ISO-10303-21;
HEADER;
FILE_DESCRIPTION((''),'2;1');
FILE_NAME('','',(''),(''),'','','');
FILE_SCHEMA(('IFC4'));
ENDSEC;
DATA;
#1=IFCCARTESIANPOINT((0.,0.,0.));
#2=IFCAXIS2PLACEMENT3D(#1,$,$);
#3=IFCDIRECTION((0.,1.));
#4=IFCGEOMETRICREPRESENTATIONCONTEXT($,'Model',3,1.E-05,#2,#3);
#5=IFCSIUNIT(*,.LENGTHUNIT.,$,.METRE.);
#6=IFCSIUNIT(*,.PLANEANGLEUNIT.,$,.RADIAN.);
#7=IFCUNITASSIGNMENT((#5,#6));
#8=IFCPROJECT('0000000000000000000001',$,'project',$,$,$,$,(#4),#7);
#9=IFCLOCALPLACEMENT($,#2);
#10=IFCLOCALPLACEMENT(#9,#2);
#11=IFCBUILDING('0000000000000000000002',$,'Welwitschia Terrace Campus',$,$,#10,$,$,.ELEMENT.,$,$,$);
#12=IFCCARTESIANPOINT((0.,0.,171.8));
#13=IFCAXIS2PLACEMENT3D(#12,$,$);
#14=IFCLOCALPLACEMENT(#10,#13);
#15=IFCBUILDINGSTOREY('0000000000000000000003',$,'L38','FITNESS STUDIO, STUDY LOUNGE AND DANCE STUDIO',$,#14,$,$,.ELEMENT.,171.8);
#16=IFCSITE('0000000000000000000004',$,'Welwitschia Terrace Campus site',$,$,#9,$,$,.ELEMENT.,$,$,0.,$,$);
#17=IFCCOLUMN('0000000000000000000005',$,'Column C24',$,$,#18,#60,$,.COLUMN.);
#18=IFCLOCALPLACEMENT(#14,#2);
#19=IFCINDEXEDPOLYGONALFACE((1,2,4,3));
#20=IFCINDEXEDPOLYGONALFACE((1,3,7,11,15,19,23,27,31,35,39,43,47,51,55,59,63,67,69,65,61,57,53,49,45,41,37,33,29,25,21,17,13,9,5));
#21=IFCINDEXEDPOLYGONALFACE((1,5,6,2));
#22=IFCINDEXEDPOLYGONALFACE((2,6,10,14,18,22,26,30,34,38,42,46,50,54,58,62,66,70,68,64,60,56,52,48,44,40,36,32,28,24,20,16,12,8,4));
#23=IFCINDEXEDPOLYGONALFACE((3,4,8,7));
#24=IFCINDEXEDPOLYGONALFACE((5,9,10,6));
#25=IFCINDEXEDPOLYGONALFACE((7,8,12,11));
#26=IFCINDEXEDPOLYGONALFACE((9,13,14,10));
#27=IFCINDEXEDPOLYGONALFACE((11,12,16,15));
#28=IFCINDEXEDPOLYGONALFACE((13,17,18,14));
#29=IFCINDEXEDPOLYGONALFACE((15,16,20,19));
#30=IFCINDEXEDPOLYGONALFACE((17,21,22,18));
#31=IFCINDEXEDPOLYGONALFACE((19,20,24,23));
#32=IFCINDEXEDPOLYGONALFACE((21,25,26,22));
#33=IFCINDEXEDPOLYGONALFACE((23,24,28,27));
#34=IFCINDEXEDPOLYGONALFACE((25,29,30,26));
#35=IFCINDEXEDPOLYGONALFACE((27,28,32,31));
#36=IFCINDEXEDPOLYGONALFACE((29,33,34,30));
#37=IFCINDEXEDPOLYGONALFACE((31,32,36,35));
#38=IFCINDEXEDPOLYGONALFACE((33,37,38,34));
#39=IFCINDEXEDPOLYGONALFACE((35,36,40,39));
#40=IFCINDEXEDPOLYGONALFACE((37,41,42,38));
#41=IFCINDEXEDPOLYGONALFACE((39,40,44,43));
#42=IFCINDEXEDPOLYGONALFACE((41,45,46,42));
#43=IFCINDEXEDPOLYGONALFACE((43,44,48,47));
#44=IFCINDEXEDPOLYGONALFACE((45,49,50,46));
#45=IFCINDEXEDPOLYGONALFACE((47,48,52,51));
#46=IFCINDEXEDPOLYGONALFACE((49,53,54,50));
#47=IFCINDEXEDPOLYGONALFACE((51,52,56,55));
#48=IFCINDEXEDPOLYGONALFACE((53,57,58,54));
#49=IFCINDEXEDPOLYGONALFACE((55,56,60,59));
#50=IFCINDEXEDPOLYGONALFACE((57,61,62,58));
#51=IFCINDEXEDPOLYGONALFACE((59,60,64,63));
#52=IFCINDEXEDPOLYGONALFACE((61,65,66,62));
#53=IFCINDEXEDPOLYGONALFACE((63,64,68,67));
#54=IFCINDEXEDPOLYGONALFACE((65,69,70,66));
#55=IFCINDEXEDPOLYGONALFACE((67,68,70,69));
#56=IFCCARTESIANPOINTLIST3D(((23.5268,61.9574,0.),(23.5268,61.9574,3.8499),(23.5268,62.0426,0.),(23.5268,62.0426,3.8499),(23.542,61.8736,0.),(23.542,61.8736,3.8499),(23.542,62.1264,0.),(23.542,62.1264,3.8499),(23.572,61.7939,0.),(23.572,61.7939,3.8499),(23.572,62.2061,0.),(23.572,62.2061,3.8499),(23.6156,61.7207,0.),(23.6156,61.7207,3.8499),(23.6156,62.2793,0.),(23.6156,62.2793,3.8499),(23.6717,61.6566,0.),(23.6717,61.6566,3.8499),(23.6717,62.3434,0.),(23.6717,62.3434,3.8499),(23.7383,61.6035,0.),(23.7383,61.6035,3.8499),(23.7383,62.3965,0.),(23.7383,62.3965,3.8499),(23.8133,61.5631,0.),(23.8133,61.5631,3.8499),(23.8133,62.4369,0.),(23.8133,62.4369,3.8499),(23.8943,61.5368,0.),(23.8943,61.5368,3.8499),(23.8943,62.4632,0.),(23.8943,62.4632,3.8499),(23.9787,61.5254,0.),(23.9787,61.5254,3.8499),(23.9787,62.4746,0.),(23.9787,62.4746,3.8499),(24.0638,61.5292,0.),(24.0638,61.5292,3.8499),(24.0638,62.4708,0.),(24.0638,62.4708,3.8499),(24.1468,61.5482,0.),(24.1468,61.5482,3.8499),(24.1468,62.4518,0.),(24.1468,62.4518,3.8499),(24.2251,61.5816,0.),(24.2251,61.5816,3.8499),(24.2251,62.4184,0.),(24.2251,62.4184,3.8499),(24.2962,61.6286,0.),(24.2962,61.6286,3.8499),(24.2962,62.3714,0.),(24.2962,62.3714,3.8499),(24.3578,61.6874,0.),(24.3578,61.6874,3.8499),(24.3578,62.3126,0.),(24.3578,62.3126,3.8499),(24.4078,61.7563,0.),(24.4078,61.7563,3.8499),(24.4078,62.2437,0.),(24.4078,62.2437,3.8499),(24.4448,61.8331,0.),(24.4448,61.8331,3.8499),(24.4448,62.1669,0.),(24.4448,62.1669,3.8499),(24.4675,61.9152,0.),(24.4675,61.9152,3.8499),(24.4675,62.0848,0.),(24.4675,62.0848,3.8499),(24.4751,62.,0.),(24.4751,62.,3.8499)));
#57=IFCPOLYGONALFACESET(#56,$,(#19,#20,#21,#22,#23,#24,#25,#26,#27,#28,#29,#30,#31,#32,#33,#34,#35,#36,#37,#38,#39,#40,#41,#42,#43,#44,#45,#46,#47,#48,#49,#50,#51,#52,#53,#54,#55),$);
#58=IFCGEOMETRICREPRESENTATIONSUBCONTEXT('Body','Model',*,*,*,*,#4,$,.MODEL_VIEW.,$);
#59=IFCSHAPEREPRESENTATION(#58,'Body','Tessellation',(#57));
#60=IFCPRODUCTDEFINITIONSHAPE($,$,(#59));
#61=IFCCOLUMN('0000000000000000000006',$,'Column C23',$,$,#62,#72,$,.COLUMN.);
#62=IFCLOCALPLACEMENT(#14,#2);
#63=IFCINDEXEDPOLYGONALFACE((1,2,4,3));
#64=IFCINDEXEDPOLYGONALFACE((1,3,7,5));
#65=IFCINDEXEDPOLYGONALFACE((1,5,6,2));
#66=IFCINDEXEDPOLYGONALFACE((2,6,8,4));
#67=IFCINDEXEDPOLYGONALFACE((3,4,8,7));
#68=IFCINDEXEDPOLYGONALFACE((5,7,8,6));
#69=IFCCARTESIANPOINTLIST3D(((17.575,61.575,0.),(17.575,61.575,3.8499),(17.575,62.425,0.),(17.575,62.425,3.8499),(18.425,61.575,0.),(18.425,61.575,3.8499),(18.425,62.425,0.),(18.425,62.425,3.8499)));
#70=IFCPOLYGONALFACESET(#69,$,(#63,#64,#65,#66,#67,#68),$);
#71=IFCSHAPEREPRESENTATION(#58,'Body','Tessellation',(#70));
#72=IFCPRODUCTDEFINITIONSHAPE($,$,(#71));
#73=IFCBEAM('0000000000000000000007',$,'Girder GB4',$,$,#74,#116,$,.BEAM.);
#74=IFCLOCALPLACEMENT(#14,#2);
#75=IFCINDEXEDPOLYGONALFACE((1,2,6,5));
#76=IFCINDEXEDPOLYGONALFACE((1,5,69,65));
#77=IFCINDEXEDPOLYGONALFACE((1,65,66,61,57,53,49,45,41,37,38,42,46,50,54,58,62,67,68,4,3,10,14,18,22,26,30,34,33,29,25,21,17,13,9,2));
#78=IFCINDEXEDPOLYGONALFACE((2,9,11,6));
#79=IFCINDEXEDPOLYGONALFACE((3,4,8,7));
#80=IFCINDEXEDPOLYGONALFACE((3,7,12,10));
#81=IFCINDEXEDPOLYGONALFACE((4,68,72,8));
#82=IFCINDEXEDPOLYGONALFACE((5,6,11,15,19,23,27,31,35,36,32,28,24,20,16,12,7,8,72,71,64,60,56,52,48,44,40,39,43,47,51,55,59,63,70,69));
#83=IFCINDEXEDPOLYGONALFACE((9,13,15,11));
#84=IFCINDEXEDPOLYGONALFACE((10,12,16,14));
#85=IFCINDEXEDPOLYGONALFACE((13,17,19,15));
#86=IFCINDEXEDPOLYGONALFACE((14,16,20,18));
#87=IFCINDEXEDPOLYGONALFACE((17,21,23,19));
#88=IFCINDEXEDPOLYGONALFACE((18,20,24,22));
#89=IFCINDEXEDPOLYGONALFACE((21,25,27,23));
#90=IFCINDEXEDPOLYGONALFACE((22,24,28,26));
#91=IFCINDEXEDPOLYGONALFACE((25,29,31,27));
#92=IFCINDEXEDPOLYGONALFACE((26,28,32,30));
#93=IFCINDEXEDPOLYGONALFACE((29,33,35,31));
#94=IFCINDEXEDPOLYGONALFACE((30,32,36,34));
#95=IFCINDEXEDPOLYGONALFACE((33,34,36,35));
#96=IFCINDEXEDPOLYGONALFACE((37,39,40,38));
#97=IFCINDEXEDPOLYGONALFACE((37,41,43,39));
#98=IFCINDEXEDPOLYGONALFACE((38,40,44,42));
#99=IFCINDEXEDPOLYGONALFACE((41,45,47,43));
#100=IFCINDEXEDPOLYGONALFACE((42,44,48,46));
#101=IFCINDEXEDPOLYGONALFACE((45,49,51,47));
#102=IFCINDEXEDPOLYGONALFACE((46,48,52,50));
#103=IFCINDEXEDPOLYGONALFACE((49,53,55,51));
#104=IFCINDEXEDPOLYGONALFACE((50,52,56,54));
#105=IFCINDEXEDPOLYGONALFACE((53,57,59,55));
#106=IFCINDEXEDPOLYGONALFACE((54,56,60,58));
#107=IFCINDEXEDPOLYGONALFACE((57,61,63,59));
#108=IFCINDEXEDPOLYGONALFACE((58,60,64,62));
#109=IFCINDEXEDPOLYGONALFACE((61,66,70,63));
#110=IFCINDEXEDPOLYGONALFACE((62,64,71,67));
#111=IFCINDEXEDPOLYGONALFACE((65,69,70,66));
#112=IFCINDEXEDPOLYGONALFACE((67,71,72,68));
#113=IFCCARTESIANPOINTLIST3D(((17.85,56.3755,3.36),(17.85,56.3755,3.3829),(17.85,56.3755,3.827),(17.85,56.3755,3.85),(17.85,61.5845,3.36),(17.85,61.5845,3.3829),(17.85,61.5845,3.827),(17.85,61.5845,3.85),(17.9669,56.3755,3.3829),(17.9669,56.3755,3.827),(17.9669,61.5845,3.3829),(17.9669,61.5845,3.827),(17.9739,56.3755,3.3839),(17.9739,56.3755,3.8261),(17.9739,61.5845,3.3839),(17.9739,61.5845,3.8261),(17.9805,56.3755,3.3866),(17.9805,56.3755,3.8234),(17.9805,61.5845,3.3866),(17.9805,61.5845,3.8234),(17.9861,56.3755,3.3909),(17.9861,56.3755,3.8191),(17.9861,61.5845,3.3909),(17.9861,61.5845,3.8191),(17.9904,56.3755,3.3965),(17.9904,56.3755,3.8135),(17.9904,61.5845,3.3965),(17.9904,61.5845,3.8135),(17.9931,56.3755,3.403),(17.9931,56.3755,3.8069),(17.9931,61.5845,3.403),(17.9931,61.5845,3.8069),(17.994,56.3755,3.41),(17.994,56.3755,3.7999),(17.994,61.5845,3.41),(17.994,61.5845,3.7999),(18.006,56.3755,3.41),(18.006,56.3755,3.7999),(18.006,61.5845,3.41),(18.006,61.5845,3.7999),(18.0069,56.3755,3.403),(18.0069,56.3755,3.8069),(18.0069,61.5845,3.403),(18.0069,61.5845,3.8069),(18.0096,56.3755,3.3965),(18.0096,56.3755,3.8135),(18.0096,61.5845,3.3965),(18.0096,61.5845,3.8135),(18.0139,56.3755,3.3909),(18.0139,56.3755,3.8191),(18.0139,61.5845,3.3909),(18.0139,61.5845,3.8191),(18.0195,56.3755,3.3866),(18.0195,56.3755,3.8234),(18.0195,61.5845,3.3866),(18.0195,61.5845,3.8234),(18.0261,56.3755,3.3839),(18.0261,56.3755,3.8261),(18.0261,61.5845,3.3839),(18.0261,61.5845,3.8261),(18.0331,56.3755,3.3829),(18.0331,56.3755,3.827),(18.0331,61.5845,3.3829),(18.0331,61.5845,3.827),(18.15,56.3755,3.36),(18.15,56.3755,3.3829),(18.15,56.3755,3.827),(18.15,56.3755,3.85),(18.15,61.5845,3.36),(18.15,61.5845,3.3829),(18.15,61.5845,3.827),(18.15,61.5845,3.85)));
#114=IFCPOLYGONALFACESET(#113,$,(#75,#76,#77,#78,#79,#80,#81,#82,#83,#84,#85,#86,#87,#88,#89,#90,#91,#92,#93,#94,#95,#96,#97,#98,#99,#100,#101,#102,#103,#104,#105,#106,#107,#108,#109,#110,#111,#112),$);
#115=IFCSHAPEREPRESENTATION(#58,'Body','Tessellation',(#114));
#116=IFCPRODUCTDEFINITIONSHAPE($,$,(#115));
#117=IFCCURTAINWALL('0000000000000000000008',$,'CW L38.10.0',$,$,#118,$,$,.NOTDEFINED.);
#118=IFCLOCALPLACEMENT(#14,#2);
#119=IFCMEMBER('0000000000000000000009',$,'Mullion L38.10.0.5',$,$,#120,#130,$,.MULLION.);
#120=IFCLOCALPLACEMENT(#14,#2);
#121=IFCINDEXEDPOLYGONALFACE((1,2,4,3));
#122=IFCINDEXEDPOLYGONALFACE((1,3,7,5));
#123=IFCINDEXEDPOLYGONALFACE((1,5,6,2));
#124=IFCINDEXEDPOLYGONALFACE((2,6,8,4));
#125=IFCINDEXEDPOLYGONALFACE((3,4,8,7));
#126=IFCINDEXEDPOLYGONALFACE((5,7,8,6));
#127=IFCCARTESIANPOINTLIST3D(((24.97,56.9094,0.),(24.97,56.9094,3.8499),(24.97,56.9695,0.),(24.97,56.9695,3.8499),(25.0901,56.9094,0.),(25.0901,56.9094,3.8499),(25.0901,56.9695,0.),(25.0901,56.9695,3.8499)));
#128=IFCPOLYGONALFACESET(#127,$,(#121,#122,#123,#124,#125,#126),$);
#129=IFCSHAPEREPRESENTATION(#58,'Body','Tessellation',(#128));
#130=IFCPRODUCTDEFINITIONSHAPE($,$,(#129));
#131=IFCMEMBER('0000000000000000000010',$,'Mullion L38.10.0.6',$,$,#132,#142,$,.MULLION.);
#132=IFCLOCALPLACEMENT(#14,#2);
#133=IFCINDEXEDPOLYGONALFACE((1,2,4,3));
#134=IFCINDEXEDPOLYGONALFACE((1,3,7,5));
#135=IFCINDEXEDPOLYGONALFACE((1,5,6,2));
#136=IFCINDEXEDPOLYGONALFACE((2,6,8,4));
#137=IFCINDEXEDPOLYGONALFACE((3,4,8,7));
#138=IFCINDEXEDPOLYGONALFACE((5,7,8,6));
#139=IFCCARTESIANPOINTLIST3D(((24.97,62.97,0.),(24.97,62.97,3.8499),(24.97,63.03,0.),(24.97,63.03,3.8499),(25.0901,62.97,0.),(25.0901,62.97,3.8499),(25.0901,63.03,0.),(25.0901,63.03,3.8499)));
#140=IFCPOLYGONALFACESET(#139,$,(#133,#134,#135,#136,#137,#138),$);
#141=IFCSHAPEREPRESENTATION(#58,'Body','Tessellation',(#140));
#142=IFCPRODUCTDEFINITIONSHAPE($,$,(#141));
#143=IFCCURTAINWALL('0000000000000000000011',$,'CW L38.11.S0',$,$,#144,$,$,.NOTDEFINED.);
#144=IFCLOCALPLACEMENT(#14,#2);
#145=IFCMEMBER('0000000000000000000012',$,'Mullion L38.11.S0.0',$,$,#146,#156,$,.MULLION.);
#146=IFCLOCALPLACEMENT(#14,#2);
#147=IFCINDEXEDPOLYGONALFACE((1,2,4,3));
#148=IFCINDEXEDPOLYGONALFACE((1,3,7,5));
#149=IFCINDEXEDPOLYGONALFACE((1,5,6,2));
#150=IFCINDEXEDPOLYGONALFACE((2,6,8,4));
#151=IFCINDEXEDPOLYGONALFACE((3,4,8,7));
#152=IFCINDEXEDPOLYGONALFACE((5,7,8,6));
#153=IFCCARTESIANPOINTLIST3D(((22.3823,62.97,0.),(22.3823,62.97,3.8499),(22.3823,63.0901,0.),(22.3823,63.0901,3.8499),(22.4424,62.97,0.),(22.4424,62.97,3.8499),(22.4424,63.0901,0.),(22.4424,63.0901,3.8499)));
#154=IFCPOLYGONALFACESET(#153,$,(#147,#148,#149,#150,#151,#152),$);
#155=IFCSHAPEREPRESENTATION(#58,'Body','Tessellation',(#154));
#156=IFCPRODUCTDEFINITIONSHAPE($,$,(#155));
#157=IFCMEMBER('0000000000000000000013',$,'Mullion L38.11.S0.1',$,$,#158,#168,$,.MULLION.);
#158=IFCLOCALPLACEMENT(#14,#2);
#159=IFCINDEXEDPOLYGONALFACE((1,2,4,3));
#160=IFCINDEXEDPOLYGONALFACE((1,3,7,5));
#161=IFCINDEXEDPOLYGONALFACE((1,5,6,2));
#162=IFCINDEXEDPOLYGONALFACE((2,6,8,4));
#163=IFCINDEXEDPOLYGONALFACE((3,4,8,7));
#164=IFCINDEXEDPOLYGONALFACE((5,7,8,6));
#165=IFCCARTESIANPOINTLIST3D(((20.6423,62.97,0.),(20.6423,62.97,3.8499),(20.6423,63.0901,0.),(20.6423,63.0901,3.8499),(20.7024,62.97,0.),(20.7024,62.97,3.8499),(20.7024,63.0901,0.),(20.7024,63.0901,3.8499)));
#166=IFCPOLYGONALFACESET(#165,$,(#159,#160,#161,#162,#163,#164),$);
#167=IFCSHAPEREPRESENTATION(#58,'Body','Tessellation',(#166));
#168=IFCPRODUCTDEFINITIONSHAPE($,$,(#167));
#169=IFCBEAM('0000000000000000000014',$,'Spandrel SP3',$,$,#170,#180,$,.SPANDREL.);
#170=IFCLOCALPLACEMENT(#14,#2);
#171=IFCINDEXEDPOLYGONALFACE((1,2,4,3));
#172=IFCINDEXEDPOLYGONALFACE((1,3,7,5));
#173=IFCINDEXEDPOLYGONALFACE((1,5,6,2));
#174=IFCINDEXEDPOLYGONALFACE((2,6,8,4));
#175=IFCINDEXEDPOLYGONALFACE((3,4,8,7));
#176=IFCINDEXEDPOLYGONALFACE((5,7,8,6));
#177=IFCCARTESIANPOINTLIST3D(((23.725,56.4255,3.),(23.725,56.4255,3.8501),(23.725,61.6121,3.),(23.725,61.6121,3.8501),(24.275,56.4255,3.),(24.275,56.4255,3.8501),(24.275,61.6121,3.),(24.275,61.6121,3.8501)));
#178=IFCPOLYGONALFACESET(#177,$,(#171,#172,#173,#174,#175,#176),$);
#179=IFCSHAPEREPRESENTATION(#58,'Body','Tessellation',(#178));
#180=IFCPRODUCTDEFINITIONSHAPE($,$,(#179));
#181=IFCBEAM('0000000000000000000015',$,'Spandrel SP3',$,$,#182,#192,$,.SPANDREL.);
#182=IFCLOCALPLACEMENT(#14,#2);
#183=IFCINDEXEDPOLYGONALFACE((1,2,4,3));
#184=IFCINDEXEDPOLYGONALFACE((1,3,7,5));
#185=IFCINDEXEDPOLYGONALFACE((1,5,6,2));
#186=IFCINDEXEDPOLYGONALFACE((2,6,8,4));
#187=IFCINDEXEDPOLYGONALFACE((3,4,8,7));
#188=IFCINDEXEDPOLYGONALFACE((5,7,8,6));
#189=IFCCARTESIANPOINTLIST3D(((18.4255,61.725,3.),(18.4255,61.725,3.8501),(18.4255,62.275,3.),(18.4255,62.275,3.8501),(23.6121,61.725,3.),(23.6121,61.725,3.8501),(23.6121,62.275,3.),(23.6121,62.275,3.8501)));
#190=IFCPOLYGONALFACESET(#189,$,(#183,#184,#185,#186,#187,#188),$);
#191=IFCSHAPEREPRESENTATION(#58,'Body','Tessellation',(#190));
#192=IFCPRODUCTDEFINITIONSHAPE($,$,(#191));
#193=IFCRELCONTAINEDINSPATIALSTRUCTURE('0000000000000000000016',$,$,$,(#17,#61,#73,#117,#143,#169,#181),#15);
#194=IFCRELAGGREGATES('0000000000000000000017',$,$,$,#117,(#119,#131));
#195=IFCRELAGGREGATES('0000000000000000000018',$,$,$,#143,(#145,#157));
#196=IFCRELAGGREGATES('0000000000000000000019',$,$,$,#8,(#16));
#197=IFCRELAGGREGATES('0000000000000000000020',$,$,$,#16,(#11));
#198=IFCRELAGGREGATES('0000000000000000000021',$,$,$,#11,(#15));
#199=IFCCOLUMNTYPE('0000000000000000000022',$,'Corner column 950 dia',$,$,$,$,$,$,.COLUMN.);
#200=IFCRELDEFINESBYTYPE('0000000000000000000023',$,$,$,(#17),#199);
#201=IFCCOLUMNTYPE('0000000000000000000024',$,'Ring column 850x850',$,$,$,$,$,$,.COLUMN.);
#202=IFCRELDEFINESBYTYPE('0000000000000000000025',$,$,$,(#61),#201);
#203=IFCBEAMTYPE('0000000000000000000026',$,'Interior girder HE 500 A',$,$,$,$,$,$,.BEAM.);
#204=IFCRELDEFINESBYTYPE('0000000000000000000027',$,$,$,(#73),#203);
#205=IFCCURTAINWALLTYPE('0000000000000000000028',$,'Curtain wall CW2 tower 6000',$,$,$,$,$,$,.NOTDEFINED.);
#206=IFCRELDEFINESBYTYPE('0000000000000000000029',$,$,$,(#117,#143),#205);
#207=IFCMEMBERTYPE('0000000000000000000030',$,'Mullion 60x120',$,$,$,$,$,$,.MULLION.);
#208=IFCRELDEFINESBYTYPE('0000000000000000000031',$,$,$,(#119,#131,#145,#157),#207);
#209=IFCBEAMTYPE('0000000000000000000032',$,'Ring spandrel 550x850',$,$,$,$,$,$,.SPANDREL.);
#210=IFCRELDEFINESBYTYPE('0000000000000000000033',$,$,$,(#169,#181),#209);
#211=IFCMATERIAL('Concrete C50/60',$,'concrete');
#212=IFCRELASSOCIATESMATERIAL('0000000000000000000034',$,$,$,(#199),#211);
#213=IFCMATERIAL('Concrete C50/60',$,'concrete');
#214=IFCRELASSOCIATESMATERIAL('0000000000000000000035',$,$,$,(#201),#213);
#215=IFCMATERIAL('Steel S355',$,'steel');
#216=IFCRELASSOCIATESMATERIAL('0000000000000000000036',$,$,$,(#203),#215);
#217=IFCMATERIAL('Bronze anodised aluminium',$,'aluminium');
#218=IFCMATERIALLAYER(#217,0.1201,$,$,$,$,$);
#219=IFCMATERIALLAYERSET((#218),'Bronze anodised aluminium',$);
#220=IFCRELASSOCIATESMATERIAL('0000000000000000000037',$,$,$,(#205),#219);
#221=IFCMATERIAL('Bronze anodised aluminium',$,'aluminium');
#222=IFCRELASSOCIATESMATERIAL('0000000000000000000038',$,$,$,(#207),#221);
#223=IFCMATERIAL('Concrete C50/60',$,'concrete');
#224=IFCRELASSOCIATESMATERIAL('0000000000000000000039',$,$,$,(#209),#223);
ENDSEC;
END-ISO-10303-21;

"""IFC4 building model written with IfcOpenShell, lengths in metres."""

from ifc_helpers import new_model, si_unit, direction, frame, origin, origin_2d, place, context, subcontext, project, spatial, rectangle, circle, i_section, extrude, material, layer, layer_set, material_profile, profile_set, type_object, element, aggregate, save


model = new_model("IFC4")

# Units and contexts
model_context = context("Model", 3, precision=1e-05, world=origin(), true_north=direction((0.0, 1.0)))
body_context = subcontext(model_context, "Body", "Model", "MODEL_VIEW")
ifc_project = project(units=[si_unit("LENGTHUNIT", "METRE"), si_unit("PLANEANGLEUNIT", "RADIAN")], contexts=[model_context])

# Site, building, storey
site_placement = place(None, origin())
site = spatial("IfcSite", under=ifc_project, at=site_placement, Name="Welwitschia Terrace Campus site", CompositionType="ELEMENT", RefElevation=0.0)
building_placement = place(site_placement, origin())
building = spatial("IfcBuilding", under=site, at=building_placement, Name="Welwitschia Terrace Campus", CompositionType="ELEMENT")
storey_placement = place(building_placement, frame((0.0, 0.0, 171.8)))
storey = spatial("IfcBuildingStorey", under=building, at=storey_placement, Name="L38", Description="FITNESS STUDIO, STUDY LOUNGE AND DANCE STUDIO", CompositionType="ELEMENT", Elevation=171.8)

# Columns
ifc_material_1 = material(Name="Concrete C50/60", Category="concrete")
ifc_material_profile_1 = material_profile(ifc_material_1, circle(Radius=0.4751, at=origin_2d()))
ifc_profile_set_1 = profile_set([ifc_material_profile_1], Name="Concrete C50/60")
column_type_1 = type_object("IfcColumnType", Name="Corner column 950 dia", PredefinedType="COLUMN", material=ifc_profile_set_1)
column_1_placement = place(storey_placement, frame((24.0, 62.0, 0.0), z_axis=(0.0, 0.0, 1.0), x_axis=(1.0, 0.0, 0.0)))
element("IfcColumn", 1, at=column_1_placement, inside=storey, type_object=column_type_1, Name="Column C24", PredefinedType="COLUMN", context=body_context, shape_type="SweptSolid", body=[
    extrude(circle(Radius=0.4751, at=origin_2d()), origin(), (0.0, 0.0, 1.0), 3.8499),
])
ifc_material_2 = material(Name="Concrete C50/60", Category="concrete")
ifc_material_profile_2 = material_profile(ifc_material_2, rectangle(XDim=0.8501, YDim=0.8501, at=origin_2d()))
ifc_profile_set_2 = profile_set([ifc_material_profile_2], Name="Concrete C50/60")
column_type_2 = type_object("IfcColumnType", Name="Ring column 850x850", PredefinedType="COLUMN", material=ifc_profile_set_2)
column_2_placement = place(storey_placement, frame((18.0, 62.0, 0.0), z_axis=(0.0, 0.0, 1.0), x_axis=(1.0, 0.0, 0.0)))
element("IfcColumn", 2, at=column_2_placement, inside=storey, type_object=column_type_2, Name="Column C23", PredefinedType="COLUMN", context=body_context, shape_type="SweptSolid", body=[
    extrude(rectangle(XDim=0.8501, YDim=0.8501, at=origin_2d()), origin(), (0.0, 0.0, 1.0), 3.8499),
])

# Beam
ifc_material_3 = material(Name="Steel S355", Category="steel")
ifc_material_profile_3 = material_profile(ifc_material_3, i_section(OverallWidth=0.3, OverallDepth=0.49, WebThickness=0.012, FlangeThickness=0.0229, FilletRadius=0.0271, at=origin_2d()))
ifc_profile_set_3 = profile_set([ifc_material_profile_3], Name="Steel S355")
beam_type_1 = type_object("IfcBeamType", Name="Interior girder HE 500 A", PredefinedType="BEAM", material=ifc_profile_set_3)
beam_1_placement = place(storey_placement, frame((18.0, 56.3755, 3.605), z_axis=(0.0, 1.0, 0.0), x_axis=(-1.0, 0.0, 0.0)))
element("IfcBeam", 3, at=beam_1_placement, inside=storey, type_object=beam_type_1, Name="Girder GB4", PredefinedType="BEAM", context=body_context, shape_type="SweptSolid", body=[
    extrude(i_section(OverallWidth=0.3, OverallDepth=0.49, WebThickness=0.012, FlangeThickness=0.0229, FilletRadius=0.0271, at=origin_2d()), origin(), (0.0, 0.0, 1.0), 5.209),
])

# Curtain walls, members
ifc_material_4 = material(Name="Bronze anodised aluminium", Category="aluminium")
ifc_layer_1 = layer(ifc_material_4, 0.1201)
ifc_layer_set_1 = layer_set([ifc_layer_1], Name="Bronze anodised aluminium")
curtain_wall_type = type_object("IfcCurtainWallType", Name="Curtain wall CW2 tower 6000", PredefinedType="NOTDEFINED", material=ifc_layer_set_1)
curtain_wall_1_placement = place(storey_placement, origin())
curtain_wall_1 = element("IfcCurtainWall", 4, at=curtain_wall_1_placement, inside=storey, type_object=curtain_wall_type, Name="CW L38.10.0", PredefinedType="NOTDEFINED")
ifc_material_5 = material(Name="Bronze anodised aluminium", Category="aluminium")
ifc_material_profile_4 = material_profile(ifc_material_5, rectangle(XDim=0.1201, YDim=0.0601, at=origin_2d()))
ifc_profile_set_4 = profile_set([ifc_material_profile_4], Name="Bronze anodised aluminium")
member_type_1 = type_object("IfcMemberType", Name="Mullion 60x120", PredefinedType="MULLION", material=ifc_profile_set_4)
member_1_placement = place(storey_placement, frame((25.03, 56.9395, 0.0), z_axis=(0.0, 0.0, 1.0), x_axis=(-1.0, 0.0, 0.0)))
member_1 = element("IfcMember", 5, at=member_1_placement, type_object=member_type_1, Name="Mullion L38.10.0.5", PredefinedType="MULLION", context=body_context, shape_type="SweptSolid", body=[
    extrude(rectangle(XDim=0.1201, YDim=0.0601, at=origin_2d()), origin(), (0.0, 0.0, 1.0), 3.8499),
])
member_2_placement = place(storey_placement, frame((25.03, 63.0, 0.0), z_axis=(0.0, 0.0, 1.0), x_axis=(-1.0, 0.0, 0.0)))
member_2 = element("IfcMember", 6, at=member_2_placement, type_object=member_type_1, Name="Mullion L38.10.0.6", PredefinedType="MULLION", context=body_context, shape_type="SweptSolid", body=[
    extrude(rectangle(XDim=0.1201, YDim=0.0601, at=origin_2d()), origin(), (0.0, 0.0, 1.0), 3.8499),
])
curtain_wall_2_placement = place(storey_placement, origin())
curtain_wall_2 = element("IfcCurtainWall", 7, at=curtain_wall_2_placement, inside=storey, type_object=curtain_wall_type, Name="CW L38.11.S0", PredefinedType="NOTDEFINED")
member_3_placement = place(storey_placement, frame((22.4124, 63.03, 0.0), z_axis=(0.0, 0.0, 1.0), x_axis=(0.0, -1.0, 0.0)))
member_3 = element("IfcMember", 8, at=member_3_placement, type_object=member_type_1, Name="Mullion L38.11.S0.0", PredefinedType="MULLION", context=body_context, shape_type="SweptSolid", body=[
    extrude(rectangle(XDim=0.1201, YDim=0.0601, at=origin_2d()), origin(), (0.0, 0.0, 1.0), 3.8499),
])
member_4_placement = place(storey_placement, frame((20.6724, 63.03, 0.0), z_axis=(0.0, 0.0, 1.0), x_axis=(0.0, -1.0, 0.0)))
member_4 = element("IfcMember", 9, at=member_4_placement, type_object=member_type_1, Name="Mullion L38.11.S0.1", PredefinedType="MULLION", context=body_context, shape_type="SweptSolid", body=[
    extrude(rectangle(XDim=0.1201, YDim=0.0601, at=origin_2d()), origin(), (0.0, 0.0, 1.0), 3.8499),
])

# Beams
ifc_material_6 = material(Name="Concrete C50/60", Category="concrete")
ifc_material_profile_5 = material_profile(ifc_material_6, rectangle(XDim=0.55, YDim=0.8501, at=origin_2d()))
ifc_profile_set_5 = profile_set([ifc_material_profile_5], Name="Concrete C50/60")
beam_type_2 = type_object("IfcBeamType", Name="Ring spandrel 550x850", PredefinedType="SPANDREL", material=ifc_profile_set_5)
for number, where, z_axis, x_axis, name in (
    (10, (24.0, 56.4255, 3.425), (0.0, 1.0, 0.0), (-1.0, 0.0, 0.0), "Spandrel SP3"),
    (11, (23.6121, 62.0, 3.425), (-1.0, 0.0, 0.0), (0.0, -1.0, 0.0), "Spandrel SP3"),
):
    element("IfcBeam", number, at=place(storey_placement, frame(where, z_axis=z_axis, x_axis=x_axis)), inside=storey, type_object=beam_type_2, Name=name, PredefinedType="SPANDREL", context=body_context, shape_type="SweptSolid", body=[
        extrude(rectangle(XDim=0.55, YDim=0.8501, at=origin_2d()), origin(), (0.0, 0.0, 1.0), 5.1865),
    ])

aggregate(curtain_wall_1, [member_1, member_2])
aggregate(curtain_wall_2, [member_3, member_4])

save(model, "model.ifc")
